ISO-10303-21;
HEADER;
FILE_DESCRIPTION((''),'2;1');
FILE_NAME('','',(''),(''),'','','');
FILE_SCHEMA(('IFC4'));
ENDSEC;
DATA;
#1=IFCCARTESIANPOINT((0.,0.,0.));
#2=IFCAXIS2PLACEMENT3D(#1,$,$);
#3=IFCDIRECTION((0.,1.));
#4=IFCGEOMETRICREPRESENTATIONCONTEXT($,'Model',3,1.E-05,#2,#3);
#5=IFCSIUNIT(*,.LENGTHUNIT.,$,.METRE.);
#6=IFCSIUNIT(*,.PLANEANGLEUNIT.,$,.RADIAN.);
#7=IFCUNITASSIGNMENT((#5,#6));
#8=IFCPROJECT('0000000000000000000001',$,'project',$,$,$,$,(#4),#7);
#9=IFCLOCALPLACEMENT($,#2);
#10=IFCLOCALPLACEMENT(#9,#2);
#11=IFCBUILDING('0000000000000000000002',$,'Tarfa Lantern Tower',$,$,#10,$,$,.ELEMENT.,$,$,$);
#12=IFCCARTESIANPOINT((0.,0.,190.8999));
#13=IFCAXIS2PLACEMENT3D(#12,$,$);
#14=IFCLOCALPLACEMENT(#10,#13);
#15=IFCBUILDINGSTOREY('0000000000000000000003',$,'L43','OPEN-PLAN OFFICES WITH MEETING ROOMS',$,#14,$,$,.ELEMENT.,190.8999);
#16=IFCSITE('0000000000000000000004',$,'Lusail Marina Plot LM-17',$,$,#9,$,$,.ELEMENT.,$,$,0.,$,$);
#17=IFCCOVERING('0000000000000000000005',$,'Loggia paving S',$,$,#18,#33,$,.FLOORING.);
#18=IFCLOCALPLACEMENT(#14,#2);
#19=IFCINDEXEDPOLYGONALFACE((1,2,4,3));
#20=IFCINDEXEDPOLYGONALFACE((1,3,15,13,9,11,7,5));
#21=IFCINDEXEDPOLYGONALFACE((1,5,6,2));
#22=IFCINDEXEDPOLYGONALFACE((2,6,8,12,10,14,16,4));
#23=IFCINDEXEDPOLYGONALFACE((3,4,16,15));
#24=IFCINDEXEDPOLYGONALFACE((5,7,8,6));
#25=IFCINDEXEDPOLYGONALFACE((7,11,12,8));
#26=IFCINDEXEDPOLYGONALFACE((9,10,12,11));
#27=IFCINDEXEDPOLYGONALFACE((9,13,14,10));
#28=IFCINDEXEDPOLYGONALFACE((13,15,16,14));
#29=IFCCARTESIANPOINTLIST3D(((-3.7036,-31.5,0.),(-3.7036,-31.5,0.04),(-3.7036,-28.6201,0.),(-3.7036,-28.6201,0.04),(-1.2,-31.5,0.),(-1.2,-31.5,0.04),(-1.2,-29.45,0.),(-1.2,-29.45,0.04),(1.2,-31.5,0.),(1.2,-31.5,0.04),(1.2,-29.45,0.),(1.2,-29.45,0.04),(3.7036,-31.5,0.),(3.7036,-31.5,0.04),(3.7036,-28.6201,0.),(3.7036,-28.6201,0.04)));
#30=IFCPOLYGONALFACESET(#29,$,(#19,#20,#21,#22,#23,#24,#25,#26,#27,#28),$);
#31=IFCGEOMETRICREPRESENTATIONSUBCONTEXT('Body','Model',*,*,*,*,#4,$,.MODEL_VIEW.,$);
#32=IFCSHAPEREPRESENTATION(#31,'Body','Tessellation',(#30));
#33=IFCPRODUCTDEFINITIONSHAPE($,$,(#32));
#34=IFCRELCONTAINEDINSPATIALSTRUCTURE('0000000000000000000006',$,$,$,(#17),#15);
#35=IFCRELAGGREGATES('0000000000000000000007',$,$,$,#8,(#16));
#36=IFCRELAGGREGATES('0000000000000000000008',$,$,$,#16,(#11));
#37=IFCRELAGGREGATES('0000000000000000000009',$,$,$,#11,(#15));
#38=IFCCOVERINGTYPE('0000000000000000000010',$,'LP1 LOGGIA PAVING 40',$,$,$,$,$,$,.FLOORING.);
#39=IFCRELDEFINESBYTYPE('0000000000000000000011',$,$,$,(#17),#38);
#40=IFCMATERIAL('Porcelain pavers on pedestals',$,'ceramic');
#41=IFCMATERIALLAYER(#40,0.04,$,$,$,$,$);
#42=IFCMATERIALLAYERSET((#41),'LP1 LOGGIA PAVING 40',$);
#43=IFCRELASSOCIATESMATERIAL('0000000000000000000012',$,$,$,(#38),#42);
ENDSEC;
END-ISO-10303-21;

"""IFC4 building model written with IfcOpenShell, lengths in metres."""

from ifc_helpers import new_model, si_unit, direction, frame, origin, place, context, subcontext, project, spatial, polyline, outline, extrude, material, layer, layer_set, type_object, element, save


model = new_model("IFC4")

# Units and contexts
model_context = context("Model", 3, precision=1e-05, world=origin(), true_north=direction((0.0, 1.0)))
body_context = subcontext(model_context, "Body", "Model", "MODEL_VIEW")
ifc_project = project(units=[si_unit("LENGTHUNIT", "METRE"), si_unit("PLANEANGLEUNIT", "RADIAN")], contexts=[model_context])

# Site, building, storey
site_placement = place(None, origin())
site = spatial("IfcSite", under=ifc_project, at=site_placement, Name="Lusail Marina Plot LM-17", CompositionType="ELEMENT", RefElevation=0.0)
building_placement = place(site_placement, origin())
building = spatial("IfcBuilding", under=site, at=building_placement, Name="Tarfa Lantern Tower", CompositionType="ELEMENT")
storey_placement = place(building_placement, frame((0.0, 0.0, 190.8999)))
storey = spatial("IfcBuildingStorey", under=building, at=storey_placement, Name="L43", Description="OPEN-PLAN OFFICES WITH MEETING ROOMS", CompositionType="ELEMENT", Elevation=190.8999)

# Covering
ifc_material_1 = material(Name="Porcelain pavers on pedestals", Category="ceramic")
ifc_layer_1 = layer(ifc_material_1, 0.04)
ifc_layer_set_1 = layer_set([ifc_layer_1], Name="LP1 LOGGIA PAVING 40")
covering_type = type_object("IfcCoveringType", Name="LP1 LOGGIA PAVING 40", PredefinedType="FLOORING", material=ifc_layer_set_1)
covering_1_placement = place(storey_placement, origin())
element("IfcCovering", 1, at=covering_1_placement, inside=storey, type_object=covering_type, Name="Loggia paving S", PredefinedType="FLOORING", context=body_context, shape_type="SweptSolid", body=[
    extrude(outline(polyline([(-3.7036, -31.5), (-3.7036, -28.6201), (3.7036, -28.6201), (3.7036, -31.5), (1.2, -31.5), (1.2, -29.45), (-1.2, -29.45), (-1.2, -31.5), (-3.7036, -31.5)])), origin(), (0.0, 0.0, 1.0), 0.04),
])

save(model, "model.ifc")
